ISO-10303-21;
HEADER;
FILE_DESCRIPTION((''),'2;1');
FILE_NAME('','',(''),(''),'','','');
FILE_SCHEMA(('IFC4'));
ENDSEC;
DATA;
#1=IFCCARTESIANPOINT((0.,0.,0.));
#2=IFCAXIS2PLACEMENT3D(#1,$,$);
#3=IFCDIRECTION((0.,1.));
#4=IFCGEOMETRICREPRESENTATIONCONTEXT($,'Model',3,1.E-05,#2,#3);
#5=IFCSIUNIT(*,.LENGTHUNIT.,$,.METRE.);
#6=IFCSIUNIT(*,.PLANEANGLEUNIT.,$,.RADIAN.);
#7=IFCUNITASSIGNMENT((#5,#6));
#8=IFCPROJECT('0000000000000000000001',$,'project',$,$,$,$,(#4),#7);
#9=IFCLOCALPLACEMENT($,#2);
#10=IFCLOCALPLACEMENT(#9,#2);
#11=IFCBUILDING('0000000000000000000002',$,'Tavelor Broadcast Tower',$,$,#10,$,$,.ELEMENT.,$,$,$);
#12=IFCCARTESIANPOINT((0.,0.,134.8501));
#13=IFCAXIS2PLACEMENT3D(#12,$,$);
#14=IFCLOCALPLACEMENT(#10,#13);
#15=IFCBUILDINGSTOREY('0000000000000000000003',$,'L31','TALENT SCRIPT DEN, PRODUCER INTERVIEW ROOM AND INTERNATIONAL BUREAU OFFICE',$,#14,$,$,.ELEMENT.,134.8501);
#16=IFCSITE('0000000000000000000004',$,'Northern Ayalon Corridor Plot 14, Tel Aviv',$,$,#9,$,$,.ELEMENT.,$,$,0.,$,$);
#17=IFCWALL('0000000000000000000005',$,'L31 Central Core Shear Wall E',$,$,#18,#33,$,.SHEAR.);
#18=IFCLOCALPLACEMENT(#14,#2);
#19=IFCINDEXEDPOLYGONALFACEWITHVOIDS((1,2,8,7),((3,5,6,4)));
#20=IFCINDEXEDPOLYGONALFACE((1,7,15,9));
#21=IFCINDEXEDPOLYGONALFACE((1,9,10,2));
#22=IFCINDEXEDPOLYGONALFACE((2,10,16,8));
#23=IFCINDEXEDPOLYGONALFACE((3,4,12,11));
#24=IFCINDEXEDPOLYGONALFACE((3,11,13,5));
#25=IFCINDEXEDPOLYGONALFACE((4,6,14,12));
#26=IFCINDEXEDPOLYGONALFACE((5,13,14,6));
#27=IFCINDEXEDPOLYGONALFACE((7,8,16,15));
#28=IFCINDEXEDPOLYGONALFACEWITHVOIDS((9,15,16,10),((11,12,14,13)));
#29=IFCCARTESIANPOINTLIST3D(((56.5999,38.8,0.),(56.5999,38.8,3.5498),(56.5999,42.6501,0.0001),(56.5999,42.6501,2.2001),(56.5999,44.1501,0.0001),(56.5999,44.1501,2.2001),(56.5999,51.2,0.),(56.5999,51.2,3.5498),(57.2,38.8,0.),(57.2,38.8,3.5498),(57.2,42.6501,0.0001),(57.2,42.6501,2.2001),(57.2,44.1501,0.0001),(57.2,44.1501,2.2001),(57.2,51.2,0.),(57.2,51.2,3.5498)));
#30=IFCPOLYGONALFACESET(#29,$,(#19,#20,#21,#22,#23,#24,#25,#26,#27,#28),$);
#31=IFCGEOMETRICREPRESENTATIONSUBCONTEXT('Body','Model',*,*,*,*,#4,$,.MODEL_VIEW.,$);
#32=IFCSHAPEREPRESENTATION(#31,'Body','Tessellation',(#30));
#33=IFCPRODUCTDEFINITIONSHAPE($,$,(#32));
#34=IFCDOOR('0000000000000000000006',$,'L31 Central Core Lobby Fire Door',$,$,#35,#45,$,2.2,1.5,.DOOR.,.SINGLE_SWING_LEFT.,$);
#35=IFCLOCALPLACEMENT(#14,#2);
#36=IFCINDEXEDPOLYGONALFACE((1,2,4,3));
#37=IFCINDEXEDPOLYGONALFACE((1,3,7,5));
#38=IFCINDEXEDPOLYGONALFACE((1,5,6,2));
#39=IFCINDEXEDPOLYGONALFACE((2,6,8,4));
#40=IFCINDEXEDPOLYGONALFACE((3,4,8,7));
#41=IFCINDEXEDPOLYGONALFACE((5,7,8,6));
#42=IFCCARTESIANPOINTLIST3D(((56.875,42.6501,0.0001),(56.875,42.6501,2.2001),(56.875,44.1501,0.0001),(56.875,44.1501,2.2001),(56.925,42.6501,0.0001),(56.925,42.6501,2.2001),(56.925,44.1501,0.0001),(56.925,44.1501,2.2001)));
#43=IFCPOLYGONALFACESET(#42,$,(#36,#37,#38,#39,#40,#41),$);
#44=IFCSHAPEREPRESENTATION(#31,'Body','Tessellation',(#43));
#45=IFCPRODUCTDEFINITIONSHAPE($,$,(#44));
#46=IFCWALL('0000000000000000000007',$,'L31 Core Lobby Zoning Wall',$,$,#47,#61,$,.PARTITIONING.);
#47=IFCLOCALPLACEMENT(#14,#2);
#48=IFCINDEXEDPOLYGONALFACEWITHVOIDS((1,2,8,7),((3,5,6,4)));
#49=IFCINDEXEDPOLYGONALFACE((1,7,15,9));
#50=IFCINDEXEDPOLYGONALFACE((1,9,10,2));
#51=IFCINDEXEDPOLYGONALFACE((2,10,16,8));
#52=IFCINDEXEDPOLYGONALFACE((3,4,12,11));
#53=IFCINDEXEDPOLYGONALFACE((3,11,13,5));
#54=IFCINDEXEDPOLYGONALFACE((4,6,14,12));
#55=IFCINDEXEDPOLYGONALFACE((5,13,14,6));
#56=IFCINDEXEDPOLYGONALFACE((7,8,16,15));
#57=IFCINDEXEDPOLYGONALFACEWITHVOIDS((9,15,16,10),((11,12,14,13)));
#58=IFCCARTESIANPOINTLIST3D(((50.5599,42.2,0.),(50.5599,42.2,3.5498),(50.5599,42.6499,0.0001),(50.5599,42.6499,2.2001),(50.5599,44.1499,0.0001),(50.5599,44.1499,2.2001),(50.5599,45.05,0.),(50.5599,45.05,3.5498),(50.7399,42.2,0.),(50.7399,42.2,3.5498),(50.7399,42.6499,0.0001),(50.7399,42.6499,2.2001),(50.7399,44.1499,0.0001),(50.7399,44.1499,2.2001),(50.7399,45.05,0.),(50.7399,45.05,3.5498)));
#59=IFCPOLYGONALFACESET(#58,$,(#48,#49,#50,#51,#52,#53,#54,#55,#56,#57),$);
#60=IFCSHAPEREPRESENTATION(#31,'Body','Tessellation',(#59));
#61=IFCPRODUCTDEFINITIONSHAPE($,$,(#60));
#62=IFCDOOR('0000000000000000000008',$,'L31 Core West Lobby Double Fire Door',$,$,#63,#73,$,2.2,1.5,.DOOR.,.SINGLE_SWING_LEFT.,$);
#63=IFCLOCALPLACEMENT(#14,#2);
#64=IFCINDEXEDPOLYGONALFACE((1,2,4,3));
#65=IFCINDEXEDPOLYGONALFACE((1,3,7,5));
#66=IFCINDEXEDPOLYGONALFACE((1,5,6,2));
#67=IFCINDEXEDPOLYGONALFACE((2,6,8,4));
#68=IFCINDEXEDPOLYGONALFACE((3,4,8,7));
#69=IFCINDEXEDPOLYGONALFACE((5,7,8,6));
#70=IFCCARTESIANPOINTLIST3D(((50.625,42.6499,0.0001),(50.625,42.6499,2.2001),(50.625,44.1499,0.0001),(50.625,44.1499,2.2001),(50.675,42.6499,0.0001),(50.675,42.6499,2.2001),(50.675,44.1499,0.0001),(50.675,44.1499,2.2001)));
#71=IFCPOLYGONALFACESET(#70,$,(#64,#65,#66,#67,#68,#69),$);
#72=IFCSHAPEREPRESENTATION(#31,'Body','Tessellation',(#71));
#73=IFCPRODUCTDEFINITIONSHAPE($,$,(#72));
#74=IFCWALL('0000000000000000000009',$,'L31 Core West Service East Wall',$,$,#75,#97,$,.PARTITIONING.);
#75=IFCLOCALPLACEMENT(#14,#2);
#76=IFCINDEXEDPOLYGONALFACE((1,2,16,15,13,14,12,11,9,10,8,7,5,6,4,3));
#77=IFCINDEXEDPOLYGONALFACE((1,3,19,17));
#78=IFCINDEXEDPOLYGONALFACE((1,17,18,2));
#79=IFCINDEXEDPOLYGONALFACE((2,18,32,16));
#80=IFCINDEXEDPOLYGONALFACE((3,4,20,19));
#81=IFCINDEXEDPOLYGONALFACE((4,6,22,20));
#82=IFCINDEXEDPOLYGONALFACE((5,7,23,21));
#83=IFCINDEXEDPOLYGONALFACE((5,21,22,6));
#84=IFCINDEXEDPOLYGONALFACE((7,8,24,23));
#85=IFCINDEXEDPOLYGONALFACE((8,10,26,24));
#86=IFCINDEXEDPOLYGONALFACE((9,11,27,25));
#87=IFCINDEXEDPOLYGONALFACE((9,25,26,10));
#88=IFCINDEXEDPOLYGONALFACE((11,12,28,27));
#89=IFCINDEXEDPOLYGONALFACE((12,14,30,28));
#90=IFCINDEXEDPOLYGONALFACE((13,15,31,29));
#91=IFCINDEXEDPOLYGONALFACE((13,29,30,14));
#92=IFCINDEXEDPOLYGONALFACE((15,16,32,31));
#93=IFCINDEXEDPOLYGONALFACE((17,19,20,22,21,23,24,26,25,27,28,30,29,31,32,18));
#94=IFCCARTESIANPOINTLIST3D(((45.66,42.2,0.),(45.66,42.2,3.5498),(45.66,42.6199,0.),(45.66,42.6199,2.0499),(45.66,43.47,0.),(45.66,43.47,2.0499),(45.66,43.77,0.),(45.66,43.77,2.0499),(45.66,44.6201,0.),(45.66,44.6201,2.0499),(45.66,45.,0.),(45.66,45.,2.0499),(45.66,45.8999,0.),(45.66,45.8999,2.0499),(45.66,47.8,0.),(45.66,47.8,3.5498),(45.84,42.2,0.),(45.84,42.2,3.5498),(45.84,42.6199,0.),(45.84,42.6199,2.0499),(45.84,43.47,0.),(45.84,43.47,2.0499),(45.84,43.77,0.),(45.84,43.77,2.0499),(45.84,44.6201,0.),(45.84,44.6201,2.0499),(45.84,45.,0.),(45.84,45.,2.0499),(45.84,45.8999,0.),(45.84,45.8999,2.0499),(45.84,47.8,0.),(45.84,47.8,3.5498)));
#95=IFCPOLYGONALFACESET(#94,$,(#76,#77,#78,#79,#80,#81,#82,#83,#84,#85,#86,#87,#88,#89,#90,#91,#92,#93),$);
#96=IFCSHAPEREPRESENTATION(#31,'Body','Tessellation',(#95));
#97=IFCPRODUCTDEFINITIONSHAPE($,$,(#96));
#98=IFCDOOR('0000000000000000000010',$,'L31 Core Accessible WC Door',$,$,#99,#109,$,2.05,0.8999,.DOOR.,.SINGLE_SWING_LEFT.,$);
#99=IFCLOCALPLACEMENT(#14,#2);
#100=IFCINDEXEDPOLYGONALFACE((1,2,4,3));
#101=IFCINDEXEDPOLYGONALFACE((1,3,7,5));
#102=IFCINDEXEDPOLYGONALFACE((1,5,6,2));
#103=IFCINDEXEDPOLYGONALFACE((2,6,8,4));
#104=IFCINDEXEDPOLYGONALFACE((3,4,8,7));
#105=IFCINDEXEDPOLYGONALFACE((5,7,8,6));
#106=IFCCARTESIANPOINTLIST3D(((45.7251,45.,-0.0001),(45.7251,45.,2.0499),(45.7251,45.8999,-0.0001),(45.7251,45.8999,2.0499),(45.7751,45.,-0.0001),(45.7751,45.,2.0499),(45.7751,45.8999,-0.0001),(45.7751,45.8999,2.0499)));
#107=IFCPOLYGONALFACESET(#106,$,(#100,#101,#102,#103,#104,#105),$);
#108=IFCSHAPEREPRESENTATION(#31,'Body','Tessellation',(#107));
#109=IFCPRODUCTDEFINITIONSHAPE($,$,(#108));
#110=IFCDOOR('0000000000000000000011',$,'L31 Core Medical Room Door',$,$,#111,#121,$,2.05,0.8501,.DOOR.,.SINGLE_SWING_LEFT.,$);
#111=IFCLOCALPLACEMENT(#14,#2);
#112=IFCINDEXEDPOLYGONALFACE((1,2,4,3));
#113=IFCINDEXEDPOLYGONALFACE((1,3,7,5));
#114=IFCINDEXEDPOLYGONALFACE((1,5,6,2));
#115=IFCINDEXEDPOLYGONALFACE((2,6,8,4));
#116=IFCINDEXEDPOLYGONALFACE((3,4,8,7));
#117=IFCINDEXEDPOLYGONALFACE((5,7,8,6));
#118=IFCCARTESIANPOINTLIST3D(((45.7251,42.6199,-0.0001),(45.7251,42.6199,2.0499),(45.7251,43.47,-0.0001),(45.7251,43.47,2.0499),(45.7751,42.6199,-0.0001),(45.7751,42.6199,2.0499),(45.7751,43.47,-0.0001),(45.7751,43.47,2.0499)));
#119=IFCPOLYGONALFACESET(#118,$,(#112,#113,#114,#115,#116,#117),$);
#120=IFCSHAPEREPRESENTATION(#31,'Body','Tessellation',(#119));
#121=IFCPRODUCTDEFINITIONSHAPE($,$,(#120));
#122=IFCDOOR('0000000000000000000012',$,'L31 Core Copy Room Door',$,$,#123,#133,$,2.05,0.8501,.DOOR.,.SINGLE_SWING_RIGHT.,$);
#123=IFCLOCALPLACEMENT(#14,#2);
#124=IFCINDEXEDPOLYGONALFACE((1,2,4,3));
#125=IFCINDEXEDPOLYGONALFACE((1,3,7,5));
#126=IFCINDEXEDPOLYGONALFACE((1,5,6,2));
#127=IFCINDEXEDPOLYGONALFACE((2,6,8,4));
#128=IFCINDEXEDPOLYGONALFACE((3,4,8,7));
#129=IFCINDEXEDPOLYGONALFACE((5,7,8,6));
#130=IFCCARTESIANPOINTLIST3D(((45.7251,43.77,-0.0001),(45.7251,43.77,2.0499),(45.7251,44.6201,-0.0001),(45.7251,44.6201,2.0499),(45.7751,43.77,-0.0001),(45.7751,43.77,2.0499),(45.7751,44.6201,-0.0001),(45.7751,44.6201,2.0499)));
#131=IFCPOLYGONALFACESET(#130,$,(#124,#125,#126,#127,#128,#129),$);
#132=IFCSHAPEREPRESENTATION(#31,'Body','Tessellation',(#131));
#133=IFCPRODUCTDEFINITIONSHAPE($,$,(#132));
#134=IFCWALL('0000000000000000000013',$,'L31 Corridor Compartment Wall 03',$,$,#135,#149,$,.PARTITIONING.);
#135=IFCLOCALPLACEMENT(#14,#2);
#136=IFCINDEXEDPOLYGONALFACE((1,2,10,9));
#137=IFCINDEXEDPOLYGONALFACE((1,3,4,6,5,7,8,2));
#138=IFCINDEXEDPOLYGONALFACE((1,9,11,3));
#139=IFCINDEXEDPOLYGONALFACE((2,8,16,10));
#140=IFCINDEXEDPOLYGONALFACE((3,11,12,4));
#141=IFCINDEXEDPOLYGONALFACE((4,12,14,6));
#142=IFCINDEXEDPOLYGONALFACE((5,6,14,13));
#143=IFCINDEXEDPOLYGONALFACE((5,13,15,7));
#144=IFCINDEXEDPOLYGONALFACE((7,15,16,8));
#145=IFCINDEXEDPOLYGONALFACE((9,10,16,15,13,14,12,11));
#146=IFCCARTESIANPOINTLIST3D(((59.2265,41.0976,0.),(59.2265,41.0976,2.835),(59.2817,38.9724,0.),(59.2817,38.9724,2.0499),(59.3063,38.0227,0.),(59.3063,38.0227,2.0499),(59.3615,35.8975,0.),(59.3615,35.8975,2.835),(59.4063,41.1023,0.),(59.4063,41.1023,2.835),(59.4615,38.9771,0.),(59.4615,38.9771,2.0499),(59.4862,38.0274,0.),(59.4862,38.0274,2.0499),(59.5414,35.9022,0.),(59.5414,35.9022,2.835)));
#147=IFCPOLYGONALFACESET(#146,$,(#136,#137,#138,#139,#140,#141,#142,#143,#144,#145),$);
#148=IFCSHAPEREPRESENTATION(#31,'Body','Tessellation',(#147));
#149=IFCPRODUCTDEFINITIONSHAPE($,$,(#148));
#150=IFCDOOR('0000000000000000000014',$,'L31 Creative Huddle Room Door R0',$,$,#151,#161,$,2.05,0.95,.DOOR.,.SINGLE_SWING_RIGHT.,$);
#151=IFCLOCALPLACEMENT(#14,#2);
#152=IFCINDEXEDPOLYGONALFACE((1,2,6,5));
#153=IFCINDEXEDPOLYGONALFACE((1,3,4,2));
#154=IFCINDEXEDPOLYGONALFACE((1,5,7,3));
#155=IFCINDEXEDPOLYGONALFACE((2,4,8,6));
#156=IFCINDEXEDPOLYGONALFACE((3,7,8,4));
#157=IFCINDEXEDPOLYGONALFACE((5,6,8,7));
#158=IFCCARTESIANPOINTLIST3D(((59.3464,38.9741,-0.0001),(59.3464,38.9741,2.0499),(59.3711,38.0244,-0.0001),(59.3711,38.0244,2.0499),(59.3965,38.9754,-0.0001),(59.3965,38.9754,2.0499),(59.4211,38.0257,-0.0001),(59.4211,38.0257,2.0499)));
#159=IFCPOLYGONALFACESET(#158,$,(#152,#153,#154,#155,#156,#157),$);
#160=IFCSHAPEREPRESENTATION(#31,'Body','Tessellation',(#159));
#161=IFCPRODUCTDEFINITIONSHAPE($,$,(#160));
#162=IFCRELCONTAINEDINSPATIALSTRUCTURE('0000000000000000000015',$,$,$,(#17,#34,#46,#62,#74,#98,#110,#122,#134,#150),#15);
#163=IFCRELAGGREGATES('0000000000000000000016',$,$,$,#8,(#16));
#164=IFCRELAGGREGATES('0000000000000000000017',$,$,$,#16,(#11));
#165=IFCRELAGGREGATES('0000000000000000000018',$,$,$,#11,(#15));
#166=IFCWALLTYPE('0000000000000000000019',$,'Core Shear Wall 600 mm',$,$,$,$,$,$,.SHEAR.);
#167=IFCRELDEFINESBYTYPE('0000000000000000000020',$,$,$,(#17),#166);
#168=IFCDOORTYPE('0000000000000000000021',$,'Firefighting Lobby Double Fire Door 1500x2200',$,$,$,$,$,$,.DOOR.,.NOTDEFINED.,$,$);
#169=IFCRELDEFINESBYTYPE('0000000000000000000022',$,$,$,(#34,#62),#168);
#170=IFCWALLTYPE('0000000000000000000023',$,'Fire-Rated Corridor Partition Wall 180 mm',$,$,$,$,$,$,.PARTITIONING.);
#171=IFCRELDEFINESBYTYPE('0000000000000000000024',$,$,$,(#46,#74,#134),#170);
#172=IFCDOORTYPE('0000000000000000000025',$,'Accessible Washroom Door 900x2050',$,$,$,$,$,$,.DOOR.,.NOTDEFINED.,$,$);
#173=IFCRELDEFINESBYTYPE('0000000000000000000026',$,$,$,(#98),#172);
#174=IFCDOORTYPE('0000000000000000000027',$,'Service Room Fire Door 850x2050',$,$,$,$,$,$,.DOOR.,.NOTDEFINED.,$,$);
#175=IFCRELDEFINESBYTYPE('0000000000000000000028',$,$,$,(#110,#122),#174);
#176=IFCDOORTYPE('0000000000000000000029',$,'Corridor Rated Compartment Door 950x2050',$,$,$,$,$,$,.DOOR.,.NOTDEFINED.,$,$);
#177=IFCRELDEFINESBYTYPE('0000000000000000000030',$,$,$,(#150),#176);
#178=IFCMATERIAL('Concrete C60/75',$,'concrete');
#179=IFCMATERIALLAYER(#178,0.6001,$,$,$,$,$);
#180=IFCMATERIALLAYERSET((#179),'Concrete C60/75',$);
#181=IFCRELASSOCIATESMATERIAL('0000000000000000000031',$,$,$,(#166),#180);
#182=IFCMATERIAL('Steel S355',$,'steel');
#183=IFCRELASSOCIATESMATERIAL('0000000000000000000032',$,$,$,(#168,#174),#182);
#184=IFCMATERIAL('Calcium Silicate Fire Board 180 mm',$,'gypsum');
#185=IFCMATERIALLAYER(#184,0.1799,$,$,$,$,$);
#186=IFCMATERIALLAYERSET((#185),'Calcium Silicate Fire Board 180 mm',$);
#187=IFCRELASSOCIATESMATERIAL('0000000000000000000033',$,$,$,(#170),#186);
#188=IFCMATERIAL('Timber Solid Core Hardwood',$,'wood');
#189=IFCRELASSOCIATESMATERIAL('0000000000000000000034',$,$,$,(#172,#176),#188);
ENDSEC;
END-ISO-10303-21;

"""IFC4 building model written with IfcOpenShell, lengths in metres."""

from ifc_helpers import new_model, si_unit, direction, frame, frame_2d, origin, place, context, subcontext, project, spatial, rectangle, extrude, material, layer, layer_set, type_object, element, fill, save


model = new_model("IFC4")

# Units and contexts
model_context = context("Model", 3, precision=1e-05, world=origin(), true_north=direction((0.0, 1.0)))
body_context = subcontext(model_context, "Body", "Model", "MODEL_VIEW")
ifc_project = project(units=[si_unit("LENGTHUNIT", "METRE"), si_unit("PLANEANGLEUNIT", "RADIAN")], contexts=[model_context])

# Site, building, storey
site_placement = place(None, origin())
site = spatial("IfcSite", under=ifc_project, at=site_placement, Name="Northern Ayalon Corridor Plot 14, Tel Aviv", CompositionType="ELEMENT", RefElevation=0.0)
building_placement = place(site_placement, origin())
building = spatial("IfcBuilding", under=site, at=building_placement, Name="Tavelor Broadcast Tower", CompositionType="ELEMENT")
storey_placement = place(building_placement, frame((0.0, 0.0, 134.8501)))
storey = spatial("IfcBuildingStorey", under=building, at=storey_placement, Name="L31", Description="TALENT SCRIPT DEN, PRODUCER INTERVIEW ROOM AND INTERNATIONAL BUREAU OFFICE", CompositionType="ELEMENT", Elevation=134.8501)

# Shared definitions
ifc_material_1 = material(Name="Concrete C60/75", Category="concrete")

# Shared definitions
ifc_material_2 = material(Name="Steel S355", Category="steel")

# Walls, openings, doors
ifc_layer_1 = layer(ifc_material_1, 0.6001)
ifc_layer_set_1 = layer_set([ifc_layer_1], Name="Concrete C60/75")
wall_type_1 = type_object("IfcWallType", Name="Core Shear Wall 600 mm", PredefinedType="SHEAR", material=ifc_layer_set_1)
wall_1_placement = place(storey_placement, frame((56.8999, 38.8, 0.0), z_axis=(0.0, 0.0, 1.0), x_axis=(0.0, 1.0, 0.0)))
wall_1 = element("IfcWall", 1, at=wall_1_placement, inside=storey, type_object=wall_type_1, Name="L31 Central Core Shear Wall E", PredefinedType="SHEAR", context=body_context, shape_type="SweptSolid", body=[
    extrude(rectangle(XDim=12.3999, YDim=0.6001, at=frame_2d((6.2, 0.0))), origin(), (0.0, 0.0, 1.0), 3.5498),
])
opening_1_placement = place(wall_1_placement, frame((3.8501, 0.0, 0.0)))
opening_1 = element("IfcOpeningElement", 2, at=opening_1_placement, cuts=wall_1, PredefinedType="OPENING", context=body_context, shape_type="SweptSolid", body=[
    extrude(rectangle(XDim=1.5, YDim=2.2, at=frame_2d((0.75, 1.1001))), frame((0.0, 0.3101, 0.0), z_axis=(0.0, -1.0, 0.0), x_axis=(1.0, 0.0, 0.0)), (0.0, 0.0, 1.0), 0.6201),
])
door_type_1 = type_object("IfcDoorType", Name="Firefighting Lobby Double Fire Door 1500x2200", OperationType="NOTDEFINED", PredefinedType="DOOR", material=ifc_material_2)
door_1_placement = place(opening_1_placement, origin())
door_1 = element("IfcDoor", 3, at=door_1_placement, inside=storey, type_object=door_type_1, Name="L31 Central Core Lobby Fire Door", OperationType="SINGLE_SWING_LEFT", OverallHeight=2.2, OverallWidth=1.5, PredefinedType="DOOR", context=body_context, shape_type="SweptSolid", body=[
    extrude(rectangle(XDim=1.5, YDim=2.2, at=frame_2d((0.75, 1.1001))), frame((0.0, 0.0249, 0.0), z_axis=(0.0, -1.0, 0.0), x_axis=(1.0, 0.0, 0.0)), (0.0, 0.0, 1.0), 0.05),
])
fill(opening_1, door_1)
ifc_material_3 = material(Name="Calcium Silicate Fire Board 180 mm", Category="gypsum")
ifc_layer_2 = layer(ifc_material_3, 0.1799)
ifc_layer_set_2 = layer_set([ifc_layer_2], Name="Calcium Silicate Fire Board 180 mm")
wall_type_2 = type_object("IfcWallType", Name="Fire-Rated Corridor Partition Wall 180 mm", PredefinedType="PARTITIONING", material=ifc_layer_set_2)
wall_2_placement = place(storey_placement, frame((50.6499, 42.2, 0.0), z_axis=(0.0, 0.0, 1.0), x_axis=(0.0, 1.0, 0.0)))
wall_2 = element("IfcWall", 4, at=wall_2_placement, inside=storey, type_object=wall_type_2, Name="L31 Core Lobby Zoning Wall", PredefinedType="PARTITIONING", context=body_context, shape_type="SweptSolid", body=[
    extrude(rectangle(XDim=2.8501, YDim=0.1799, at=frame_2d((1.425, 0.0))), origin(), (0.0, 0.0, 1.0), 3.5498),
])
opening_2_placement = place(wall_2_placement, frame((0.45, 0.0, 0.0)))
opening_2 = element("IfcOpeningElement", 5, at=opening_2_placement, cuts=wall_2, PredefinedType="OPENING", context=body_context, shape_type="SweptSolid", body=[
    extrude(rectangle(XDim=1.5, YDim=2.2, at=frame_2d((0.75, 1.1001))), frame((0.0, 0.1001, 0.0), z_axis=(0.0, -1.0, 0.0), x_axis=(1.0, 0.0, 0.0)), (0.0, 0.0, 1.0), 0.2),
])
door_2_placement = place(opening_2_placement, origin())
door_2 = element("IfcDoor", 6, at=door_2_placement, inside=storey, type_object=door_type_1, Name="L31 Core West Lobby Double Fire Door", OperationType="SINGLE_SWING_LEFT", OverallHeight=2.2, OverallWidth=1.5, PredefinedType="DOOR", context=body_context, shape_type="SweptSolid", body=[
    extrude(rectangle(XDim=1.5, YDim=2.2, at=frame_2d((0.75, 1.1001))), frame((0.0, 0.0249, 0.0), z_axis=(0.0, -1.0, 0.0), x_axis=(1.0, 0.0, 0.0)), (0.0, 0.0, 1.0), 0.05),
])
fill(opening_2, door_2)

# Wall, openings, doors
wall_3_placement = place(storey_placement, frame((45.75, 42.2, 0.0), z_axis=(0.0, 0.0, 1.0), x_axis=(0.0, 1.0, 0.0)))
wall_3 = element("IfcWall", 7, at=wall_3_placement, inside=storey, type_object=wall_type_2, Name="L31 Core West Service East Wall", PredefinedType="PARTITIONING", context=body_context, shape_type="SweptSolid", body=[
    extrude(rectangle(XDim=5.6001, YDim=0.1799, at=frame_2d((2.8, 0.0))), origin(), (0.0, 0.0, 1.0), 3.5498),
])
opening_3_placement = place(wall_3_placement, frame((0.4199, 0.0, 0.0)))
opening_3 = element("IfcOpeningElement", 8, at=opening_3_placement, cuts=wall_3, PredefinedType="OPENING", context=body_context, shape_type="SweptSolid", body=[
    extrude(rectangle(XDim=0.8501, YDim=2.05, at=frame_2d((0.425, 1.0249))), frame((0.0, 0.1001, 0.0), z_axis=(0.0, -1.0, 0.0), x_axis=(1.0, 0.0, 0.0)), (0.0, 0.0, 1.0), 0.2),
])
opening_4_placement = place(wall_3_placement, frame((1.5701, 0.0, 0.0)))
opening_4 = element("IfcOpeningElement", 9, at=opening_4_placement, cuts=wall_3, PredefinedType="OPENING", context=body_context, shape_type="SweptSolid", body=[
    extrude(rectangle(XDim=0.8501, YDim=2.05, at=frame_2d((0.425, 1.0249))), frame((0.0, 0.1001, 0.0), z_axis=(0.0, -1.0, 0.0), x_axis=(1.0, 0.0, 0.0)), (0.0, 0.0, 1.0), 0.2),
])
opening_5_placement = place(wall_3_placement, frame((2.8, 0.0, 0.0)))
opening_5 = element("IfcOpeningElement", 10, at=opening_5_placement, cuts=wall_3, PredefinedType="OPENING", context=body_context, shape_type="SweptSolid", body=[
    extrude(rectangle(XDim=0.8999, YDim=2.05, at=frame_2d((0.45, 1.0249))), frame((0.0, 0.1001, 0.0), z_axis=(0.0, -1.0, 0.0), x_axis=(1.0, 0.0, 0.0)), (0.0, 0.0, 1.0), 0.2),
])
ifc_material_4 = material(Name="Timber Solid Core Hardwood", Category="wood")
door_type_2 = type_object("IfcDoorType", Name="Accessible Washroom Door 900x2050", OperationType="NOTDEFINED", PredefinedType="DOOR", material=ifc_material_4)
door_3_placement = place(opening_5_placement, origin())
door_3 = element("IfcDoor", 11, at=door_3_placement, inside=storey, type_object=door_type_2, Name="L31 Core Accessible WC Door", OperationType="SINGLE_SWING_LEFT", OverallHeight=2.05, OverallWidth=0.8999, PredefinedType="DOOR", context=body_context, shape_type="SweptSolid", body=[
    extrude(rectangle(XDim=0.8999, YDim=2.05, at=frame_2d((0.45, 1.0249))), frame((0.0, 0.0249, 0.0), z_axis=(0.0, -1.0, 0.0), x_axis=(1.0, 0.0, 0.0)), (0.0, 0.0, 1.0), 0.05),
])
fill(opening_5, door_3)
door_type_3 = type_object("IfcDoorType", Name="Service Room Fire Door 850x2050", OperationType="NOTDEFINED", PredefinedType="DOOR", material=ifc_material_2)
door_4_placement = place(opening_3_placement, origin())
door_4 = element("IfcDoor", 12, at=door_4_placement, inside=storey, type_object=door_type_3, Name="L31 Core Medical Room Door", OperationType="SINGLE_SWING_LEFT", OverallHeight=2.05, OverallWidth=0.8501, PredefinedType="DOOR", context=body_context, shape_type="SweptSolid", body=[
    extrude(rectangle(XDim=0.8501, YDim=2.05, at=frame_2d((0.425, 1.0249))), frame((0.0, 0.0249, 0.0), z_axis=(0.0, -1.0, 0.0), x_axis=(1.0, 0.0, 0.0)), (0.0, 0.0, 1.0), 0.05),
])
fill(opening_3, door_4)
door_5_placement = place(opening_4_placement, origin())
door_5 = element("IfcDoor", 13, at=door_5_placement, inside=storey, type_object=door_type_3, Name="L31 Core Copy Room Door", OperationType="SINGLE_SWING_RIGHT", OverallHeight=2.05, OverallWidth=0.8501, PredefinedType="DOOR", context=body_context, shape_type="SweptSolid", body=[
    extrude(rectangle(XDim=0.8501, YDim=2.05, at=frame_2d((0.425, 1.0249))), frame((0.0, 0.0249, 0.0), z_axis=(0.0, -1.0, 0.0), x_axis=(1.0, 0.0, 0.0)), (0.0, 0.0, 1.0), 0.05),
])
fill(opening_4, door_5)

# Wall, opening, door
wall_4_placement = place(storey_placement, frame((59.3164, 41.1001, 0.0), z_axis=(0.0, 0.0, 1.0), x_axis=(0.025954, -0.999663, 0.0)))
wall_4 = element("IfcWall", 14, at=wall_4_placement, inside=storey, type_object=wall_type_2, Name="L31 Corridor Compartment Wall 03", PredefinedType="PARTITIONING", context=body_context, shape_type="SweptSolid", body=[
    extrude(rectangle(XDim=5.2019, YDim=0.1799, at=frame_2d((2.6011, 0.0))), origin(), (0.0, 0.0, 1.0), 2.835),
])
opening_6_placement = place(wall_4_placement, frame((2.126, 0.0, 0.0)))
opening_6 = element("IfcOpeningElement", 15, at=opening_6_placement, cuts=wall_4, PredefinedType="OPENING", context=body_context, shape_type="SweptSolid", body=[
    extrude(rectangle(XDim=0.95, YDim=2.05, at=frame_2d((0.4751, 1.0249))), frame((0.0, 0.1001, 0.0), z_axis=(0.0, -1.0, 0.0), x_axis=(1.0, 0.0, 0.0)), (0.0, 0.0, 1.0), 0.2),
])
door_type_4 = type_object("IfcDoorType", Name="Corridor Rated Compartment Door 950x2050", OperationType="NOTDEFINED", PredefinedType="DOOR", material=ifc_material_4)
door_6_placement = place(opening_6_placement, origin())
door_6 = element("IfcDoor", 16, at=door_6_placement, inside=storey, type_object=door_type_4, Name="L31 Creative Huddle Room Door R0", OperationType="SINGLE_SWING_RIGHT", OverallHeight=2.05, OverallWidth=0.95, PredefinedType="DOOR", context=body_context, shape_type="SweptSolid", body=[
    extrude(rectangle(XDim=0.95, YDim=2.05, at=frame_2d((0.4751, 1.0249))), frame((0.0, 0.0249, 0.0), z_axis=(0.0, -1.0, 0.0), x_axis=(1.0, 0.0, 0.0)), (0.0, 0.0, 1.0), 0.05),
])
fill(opening_6, door_6)

save(model, "model.ifc")
